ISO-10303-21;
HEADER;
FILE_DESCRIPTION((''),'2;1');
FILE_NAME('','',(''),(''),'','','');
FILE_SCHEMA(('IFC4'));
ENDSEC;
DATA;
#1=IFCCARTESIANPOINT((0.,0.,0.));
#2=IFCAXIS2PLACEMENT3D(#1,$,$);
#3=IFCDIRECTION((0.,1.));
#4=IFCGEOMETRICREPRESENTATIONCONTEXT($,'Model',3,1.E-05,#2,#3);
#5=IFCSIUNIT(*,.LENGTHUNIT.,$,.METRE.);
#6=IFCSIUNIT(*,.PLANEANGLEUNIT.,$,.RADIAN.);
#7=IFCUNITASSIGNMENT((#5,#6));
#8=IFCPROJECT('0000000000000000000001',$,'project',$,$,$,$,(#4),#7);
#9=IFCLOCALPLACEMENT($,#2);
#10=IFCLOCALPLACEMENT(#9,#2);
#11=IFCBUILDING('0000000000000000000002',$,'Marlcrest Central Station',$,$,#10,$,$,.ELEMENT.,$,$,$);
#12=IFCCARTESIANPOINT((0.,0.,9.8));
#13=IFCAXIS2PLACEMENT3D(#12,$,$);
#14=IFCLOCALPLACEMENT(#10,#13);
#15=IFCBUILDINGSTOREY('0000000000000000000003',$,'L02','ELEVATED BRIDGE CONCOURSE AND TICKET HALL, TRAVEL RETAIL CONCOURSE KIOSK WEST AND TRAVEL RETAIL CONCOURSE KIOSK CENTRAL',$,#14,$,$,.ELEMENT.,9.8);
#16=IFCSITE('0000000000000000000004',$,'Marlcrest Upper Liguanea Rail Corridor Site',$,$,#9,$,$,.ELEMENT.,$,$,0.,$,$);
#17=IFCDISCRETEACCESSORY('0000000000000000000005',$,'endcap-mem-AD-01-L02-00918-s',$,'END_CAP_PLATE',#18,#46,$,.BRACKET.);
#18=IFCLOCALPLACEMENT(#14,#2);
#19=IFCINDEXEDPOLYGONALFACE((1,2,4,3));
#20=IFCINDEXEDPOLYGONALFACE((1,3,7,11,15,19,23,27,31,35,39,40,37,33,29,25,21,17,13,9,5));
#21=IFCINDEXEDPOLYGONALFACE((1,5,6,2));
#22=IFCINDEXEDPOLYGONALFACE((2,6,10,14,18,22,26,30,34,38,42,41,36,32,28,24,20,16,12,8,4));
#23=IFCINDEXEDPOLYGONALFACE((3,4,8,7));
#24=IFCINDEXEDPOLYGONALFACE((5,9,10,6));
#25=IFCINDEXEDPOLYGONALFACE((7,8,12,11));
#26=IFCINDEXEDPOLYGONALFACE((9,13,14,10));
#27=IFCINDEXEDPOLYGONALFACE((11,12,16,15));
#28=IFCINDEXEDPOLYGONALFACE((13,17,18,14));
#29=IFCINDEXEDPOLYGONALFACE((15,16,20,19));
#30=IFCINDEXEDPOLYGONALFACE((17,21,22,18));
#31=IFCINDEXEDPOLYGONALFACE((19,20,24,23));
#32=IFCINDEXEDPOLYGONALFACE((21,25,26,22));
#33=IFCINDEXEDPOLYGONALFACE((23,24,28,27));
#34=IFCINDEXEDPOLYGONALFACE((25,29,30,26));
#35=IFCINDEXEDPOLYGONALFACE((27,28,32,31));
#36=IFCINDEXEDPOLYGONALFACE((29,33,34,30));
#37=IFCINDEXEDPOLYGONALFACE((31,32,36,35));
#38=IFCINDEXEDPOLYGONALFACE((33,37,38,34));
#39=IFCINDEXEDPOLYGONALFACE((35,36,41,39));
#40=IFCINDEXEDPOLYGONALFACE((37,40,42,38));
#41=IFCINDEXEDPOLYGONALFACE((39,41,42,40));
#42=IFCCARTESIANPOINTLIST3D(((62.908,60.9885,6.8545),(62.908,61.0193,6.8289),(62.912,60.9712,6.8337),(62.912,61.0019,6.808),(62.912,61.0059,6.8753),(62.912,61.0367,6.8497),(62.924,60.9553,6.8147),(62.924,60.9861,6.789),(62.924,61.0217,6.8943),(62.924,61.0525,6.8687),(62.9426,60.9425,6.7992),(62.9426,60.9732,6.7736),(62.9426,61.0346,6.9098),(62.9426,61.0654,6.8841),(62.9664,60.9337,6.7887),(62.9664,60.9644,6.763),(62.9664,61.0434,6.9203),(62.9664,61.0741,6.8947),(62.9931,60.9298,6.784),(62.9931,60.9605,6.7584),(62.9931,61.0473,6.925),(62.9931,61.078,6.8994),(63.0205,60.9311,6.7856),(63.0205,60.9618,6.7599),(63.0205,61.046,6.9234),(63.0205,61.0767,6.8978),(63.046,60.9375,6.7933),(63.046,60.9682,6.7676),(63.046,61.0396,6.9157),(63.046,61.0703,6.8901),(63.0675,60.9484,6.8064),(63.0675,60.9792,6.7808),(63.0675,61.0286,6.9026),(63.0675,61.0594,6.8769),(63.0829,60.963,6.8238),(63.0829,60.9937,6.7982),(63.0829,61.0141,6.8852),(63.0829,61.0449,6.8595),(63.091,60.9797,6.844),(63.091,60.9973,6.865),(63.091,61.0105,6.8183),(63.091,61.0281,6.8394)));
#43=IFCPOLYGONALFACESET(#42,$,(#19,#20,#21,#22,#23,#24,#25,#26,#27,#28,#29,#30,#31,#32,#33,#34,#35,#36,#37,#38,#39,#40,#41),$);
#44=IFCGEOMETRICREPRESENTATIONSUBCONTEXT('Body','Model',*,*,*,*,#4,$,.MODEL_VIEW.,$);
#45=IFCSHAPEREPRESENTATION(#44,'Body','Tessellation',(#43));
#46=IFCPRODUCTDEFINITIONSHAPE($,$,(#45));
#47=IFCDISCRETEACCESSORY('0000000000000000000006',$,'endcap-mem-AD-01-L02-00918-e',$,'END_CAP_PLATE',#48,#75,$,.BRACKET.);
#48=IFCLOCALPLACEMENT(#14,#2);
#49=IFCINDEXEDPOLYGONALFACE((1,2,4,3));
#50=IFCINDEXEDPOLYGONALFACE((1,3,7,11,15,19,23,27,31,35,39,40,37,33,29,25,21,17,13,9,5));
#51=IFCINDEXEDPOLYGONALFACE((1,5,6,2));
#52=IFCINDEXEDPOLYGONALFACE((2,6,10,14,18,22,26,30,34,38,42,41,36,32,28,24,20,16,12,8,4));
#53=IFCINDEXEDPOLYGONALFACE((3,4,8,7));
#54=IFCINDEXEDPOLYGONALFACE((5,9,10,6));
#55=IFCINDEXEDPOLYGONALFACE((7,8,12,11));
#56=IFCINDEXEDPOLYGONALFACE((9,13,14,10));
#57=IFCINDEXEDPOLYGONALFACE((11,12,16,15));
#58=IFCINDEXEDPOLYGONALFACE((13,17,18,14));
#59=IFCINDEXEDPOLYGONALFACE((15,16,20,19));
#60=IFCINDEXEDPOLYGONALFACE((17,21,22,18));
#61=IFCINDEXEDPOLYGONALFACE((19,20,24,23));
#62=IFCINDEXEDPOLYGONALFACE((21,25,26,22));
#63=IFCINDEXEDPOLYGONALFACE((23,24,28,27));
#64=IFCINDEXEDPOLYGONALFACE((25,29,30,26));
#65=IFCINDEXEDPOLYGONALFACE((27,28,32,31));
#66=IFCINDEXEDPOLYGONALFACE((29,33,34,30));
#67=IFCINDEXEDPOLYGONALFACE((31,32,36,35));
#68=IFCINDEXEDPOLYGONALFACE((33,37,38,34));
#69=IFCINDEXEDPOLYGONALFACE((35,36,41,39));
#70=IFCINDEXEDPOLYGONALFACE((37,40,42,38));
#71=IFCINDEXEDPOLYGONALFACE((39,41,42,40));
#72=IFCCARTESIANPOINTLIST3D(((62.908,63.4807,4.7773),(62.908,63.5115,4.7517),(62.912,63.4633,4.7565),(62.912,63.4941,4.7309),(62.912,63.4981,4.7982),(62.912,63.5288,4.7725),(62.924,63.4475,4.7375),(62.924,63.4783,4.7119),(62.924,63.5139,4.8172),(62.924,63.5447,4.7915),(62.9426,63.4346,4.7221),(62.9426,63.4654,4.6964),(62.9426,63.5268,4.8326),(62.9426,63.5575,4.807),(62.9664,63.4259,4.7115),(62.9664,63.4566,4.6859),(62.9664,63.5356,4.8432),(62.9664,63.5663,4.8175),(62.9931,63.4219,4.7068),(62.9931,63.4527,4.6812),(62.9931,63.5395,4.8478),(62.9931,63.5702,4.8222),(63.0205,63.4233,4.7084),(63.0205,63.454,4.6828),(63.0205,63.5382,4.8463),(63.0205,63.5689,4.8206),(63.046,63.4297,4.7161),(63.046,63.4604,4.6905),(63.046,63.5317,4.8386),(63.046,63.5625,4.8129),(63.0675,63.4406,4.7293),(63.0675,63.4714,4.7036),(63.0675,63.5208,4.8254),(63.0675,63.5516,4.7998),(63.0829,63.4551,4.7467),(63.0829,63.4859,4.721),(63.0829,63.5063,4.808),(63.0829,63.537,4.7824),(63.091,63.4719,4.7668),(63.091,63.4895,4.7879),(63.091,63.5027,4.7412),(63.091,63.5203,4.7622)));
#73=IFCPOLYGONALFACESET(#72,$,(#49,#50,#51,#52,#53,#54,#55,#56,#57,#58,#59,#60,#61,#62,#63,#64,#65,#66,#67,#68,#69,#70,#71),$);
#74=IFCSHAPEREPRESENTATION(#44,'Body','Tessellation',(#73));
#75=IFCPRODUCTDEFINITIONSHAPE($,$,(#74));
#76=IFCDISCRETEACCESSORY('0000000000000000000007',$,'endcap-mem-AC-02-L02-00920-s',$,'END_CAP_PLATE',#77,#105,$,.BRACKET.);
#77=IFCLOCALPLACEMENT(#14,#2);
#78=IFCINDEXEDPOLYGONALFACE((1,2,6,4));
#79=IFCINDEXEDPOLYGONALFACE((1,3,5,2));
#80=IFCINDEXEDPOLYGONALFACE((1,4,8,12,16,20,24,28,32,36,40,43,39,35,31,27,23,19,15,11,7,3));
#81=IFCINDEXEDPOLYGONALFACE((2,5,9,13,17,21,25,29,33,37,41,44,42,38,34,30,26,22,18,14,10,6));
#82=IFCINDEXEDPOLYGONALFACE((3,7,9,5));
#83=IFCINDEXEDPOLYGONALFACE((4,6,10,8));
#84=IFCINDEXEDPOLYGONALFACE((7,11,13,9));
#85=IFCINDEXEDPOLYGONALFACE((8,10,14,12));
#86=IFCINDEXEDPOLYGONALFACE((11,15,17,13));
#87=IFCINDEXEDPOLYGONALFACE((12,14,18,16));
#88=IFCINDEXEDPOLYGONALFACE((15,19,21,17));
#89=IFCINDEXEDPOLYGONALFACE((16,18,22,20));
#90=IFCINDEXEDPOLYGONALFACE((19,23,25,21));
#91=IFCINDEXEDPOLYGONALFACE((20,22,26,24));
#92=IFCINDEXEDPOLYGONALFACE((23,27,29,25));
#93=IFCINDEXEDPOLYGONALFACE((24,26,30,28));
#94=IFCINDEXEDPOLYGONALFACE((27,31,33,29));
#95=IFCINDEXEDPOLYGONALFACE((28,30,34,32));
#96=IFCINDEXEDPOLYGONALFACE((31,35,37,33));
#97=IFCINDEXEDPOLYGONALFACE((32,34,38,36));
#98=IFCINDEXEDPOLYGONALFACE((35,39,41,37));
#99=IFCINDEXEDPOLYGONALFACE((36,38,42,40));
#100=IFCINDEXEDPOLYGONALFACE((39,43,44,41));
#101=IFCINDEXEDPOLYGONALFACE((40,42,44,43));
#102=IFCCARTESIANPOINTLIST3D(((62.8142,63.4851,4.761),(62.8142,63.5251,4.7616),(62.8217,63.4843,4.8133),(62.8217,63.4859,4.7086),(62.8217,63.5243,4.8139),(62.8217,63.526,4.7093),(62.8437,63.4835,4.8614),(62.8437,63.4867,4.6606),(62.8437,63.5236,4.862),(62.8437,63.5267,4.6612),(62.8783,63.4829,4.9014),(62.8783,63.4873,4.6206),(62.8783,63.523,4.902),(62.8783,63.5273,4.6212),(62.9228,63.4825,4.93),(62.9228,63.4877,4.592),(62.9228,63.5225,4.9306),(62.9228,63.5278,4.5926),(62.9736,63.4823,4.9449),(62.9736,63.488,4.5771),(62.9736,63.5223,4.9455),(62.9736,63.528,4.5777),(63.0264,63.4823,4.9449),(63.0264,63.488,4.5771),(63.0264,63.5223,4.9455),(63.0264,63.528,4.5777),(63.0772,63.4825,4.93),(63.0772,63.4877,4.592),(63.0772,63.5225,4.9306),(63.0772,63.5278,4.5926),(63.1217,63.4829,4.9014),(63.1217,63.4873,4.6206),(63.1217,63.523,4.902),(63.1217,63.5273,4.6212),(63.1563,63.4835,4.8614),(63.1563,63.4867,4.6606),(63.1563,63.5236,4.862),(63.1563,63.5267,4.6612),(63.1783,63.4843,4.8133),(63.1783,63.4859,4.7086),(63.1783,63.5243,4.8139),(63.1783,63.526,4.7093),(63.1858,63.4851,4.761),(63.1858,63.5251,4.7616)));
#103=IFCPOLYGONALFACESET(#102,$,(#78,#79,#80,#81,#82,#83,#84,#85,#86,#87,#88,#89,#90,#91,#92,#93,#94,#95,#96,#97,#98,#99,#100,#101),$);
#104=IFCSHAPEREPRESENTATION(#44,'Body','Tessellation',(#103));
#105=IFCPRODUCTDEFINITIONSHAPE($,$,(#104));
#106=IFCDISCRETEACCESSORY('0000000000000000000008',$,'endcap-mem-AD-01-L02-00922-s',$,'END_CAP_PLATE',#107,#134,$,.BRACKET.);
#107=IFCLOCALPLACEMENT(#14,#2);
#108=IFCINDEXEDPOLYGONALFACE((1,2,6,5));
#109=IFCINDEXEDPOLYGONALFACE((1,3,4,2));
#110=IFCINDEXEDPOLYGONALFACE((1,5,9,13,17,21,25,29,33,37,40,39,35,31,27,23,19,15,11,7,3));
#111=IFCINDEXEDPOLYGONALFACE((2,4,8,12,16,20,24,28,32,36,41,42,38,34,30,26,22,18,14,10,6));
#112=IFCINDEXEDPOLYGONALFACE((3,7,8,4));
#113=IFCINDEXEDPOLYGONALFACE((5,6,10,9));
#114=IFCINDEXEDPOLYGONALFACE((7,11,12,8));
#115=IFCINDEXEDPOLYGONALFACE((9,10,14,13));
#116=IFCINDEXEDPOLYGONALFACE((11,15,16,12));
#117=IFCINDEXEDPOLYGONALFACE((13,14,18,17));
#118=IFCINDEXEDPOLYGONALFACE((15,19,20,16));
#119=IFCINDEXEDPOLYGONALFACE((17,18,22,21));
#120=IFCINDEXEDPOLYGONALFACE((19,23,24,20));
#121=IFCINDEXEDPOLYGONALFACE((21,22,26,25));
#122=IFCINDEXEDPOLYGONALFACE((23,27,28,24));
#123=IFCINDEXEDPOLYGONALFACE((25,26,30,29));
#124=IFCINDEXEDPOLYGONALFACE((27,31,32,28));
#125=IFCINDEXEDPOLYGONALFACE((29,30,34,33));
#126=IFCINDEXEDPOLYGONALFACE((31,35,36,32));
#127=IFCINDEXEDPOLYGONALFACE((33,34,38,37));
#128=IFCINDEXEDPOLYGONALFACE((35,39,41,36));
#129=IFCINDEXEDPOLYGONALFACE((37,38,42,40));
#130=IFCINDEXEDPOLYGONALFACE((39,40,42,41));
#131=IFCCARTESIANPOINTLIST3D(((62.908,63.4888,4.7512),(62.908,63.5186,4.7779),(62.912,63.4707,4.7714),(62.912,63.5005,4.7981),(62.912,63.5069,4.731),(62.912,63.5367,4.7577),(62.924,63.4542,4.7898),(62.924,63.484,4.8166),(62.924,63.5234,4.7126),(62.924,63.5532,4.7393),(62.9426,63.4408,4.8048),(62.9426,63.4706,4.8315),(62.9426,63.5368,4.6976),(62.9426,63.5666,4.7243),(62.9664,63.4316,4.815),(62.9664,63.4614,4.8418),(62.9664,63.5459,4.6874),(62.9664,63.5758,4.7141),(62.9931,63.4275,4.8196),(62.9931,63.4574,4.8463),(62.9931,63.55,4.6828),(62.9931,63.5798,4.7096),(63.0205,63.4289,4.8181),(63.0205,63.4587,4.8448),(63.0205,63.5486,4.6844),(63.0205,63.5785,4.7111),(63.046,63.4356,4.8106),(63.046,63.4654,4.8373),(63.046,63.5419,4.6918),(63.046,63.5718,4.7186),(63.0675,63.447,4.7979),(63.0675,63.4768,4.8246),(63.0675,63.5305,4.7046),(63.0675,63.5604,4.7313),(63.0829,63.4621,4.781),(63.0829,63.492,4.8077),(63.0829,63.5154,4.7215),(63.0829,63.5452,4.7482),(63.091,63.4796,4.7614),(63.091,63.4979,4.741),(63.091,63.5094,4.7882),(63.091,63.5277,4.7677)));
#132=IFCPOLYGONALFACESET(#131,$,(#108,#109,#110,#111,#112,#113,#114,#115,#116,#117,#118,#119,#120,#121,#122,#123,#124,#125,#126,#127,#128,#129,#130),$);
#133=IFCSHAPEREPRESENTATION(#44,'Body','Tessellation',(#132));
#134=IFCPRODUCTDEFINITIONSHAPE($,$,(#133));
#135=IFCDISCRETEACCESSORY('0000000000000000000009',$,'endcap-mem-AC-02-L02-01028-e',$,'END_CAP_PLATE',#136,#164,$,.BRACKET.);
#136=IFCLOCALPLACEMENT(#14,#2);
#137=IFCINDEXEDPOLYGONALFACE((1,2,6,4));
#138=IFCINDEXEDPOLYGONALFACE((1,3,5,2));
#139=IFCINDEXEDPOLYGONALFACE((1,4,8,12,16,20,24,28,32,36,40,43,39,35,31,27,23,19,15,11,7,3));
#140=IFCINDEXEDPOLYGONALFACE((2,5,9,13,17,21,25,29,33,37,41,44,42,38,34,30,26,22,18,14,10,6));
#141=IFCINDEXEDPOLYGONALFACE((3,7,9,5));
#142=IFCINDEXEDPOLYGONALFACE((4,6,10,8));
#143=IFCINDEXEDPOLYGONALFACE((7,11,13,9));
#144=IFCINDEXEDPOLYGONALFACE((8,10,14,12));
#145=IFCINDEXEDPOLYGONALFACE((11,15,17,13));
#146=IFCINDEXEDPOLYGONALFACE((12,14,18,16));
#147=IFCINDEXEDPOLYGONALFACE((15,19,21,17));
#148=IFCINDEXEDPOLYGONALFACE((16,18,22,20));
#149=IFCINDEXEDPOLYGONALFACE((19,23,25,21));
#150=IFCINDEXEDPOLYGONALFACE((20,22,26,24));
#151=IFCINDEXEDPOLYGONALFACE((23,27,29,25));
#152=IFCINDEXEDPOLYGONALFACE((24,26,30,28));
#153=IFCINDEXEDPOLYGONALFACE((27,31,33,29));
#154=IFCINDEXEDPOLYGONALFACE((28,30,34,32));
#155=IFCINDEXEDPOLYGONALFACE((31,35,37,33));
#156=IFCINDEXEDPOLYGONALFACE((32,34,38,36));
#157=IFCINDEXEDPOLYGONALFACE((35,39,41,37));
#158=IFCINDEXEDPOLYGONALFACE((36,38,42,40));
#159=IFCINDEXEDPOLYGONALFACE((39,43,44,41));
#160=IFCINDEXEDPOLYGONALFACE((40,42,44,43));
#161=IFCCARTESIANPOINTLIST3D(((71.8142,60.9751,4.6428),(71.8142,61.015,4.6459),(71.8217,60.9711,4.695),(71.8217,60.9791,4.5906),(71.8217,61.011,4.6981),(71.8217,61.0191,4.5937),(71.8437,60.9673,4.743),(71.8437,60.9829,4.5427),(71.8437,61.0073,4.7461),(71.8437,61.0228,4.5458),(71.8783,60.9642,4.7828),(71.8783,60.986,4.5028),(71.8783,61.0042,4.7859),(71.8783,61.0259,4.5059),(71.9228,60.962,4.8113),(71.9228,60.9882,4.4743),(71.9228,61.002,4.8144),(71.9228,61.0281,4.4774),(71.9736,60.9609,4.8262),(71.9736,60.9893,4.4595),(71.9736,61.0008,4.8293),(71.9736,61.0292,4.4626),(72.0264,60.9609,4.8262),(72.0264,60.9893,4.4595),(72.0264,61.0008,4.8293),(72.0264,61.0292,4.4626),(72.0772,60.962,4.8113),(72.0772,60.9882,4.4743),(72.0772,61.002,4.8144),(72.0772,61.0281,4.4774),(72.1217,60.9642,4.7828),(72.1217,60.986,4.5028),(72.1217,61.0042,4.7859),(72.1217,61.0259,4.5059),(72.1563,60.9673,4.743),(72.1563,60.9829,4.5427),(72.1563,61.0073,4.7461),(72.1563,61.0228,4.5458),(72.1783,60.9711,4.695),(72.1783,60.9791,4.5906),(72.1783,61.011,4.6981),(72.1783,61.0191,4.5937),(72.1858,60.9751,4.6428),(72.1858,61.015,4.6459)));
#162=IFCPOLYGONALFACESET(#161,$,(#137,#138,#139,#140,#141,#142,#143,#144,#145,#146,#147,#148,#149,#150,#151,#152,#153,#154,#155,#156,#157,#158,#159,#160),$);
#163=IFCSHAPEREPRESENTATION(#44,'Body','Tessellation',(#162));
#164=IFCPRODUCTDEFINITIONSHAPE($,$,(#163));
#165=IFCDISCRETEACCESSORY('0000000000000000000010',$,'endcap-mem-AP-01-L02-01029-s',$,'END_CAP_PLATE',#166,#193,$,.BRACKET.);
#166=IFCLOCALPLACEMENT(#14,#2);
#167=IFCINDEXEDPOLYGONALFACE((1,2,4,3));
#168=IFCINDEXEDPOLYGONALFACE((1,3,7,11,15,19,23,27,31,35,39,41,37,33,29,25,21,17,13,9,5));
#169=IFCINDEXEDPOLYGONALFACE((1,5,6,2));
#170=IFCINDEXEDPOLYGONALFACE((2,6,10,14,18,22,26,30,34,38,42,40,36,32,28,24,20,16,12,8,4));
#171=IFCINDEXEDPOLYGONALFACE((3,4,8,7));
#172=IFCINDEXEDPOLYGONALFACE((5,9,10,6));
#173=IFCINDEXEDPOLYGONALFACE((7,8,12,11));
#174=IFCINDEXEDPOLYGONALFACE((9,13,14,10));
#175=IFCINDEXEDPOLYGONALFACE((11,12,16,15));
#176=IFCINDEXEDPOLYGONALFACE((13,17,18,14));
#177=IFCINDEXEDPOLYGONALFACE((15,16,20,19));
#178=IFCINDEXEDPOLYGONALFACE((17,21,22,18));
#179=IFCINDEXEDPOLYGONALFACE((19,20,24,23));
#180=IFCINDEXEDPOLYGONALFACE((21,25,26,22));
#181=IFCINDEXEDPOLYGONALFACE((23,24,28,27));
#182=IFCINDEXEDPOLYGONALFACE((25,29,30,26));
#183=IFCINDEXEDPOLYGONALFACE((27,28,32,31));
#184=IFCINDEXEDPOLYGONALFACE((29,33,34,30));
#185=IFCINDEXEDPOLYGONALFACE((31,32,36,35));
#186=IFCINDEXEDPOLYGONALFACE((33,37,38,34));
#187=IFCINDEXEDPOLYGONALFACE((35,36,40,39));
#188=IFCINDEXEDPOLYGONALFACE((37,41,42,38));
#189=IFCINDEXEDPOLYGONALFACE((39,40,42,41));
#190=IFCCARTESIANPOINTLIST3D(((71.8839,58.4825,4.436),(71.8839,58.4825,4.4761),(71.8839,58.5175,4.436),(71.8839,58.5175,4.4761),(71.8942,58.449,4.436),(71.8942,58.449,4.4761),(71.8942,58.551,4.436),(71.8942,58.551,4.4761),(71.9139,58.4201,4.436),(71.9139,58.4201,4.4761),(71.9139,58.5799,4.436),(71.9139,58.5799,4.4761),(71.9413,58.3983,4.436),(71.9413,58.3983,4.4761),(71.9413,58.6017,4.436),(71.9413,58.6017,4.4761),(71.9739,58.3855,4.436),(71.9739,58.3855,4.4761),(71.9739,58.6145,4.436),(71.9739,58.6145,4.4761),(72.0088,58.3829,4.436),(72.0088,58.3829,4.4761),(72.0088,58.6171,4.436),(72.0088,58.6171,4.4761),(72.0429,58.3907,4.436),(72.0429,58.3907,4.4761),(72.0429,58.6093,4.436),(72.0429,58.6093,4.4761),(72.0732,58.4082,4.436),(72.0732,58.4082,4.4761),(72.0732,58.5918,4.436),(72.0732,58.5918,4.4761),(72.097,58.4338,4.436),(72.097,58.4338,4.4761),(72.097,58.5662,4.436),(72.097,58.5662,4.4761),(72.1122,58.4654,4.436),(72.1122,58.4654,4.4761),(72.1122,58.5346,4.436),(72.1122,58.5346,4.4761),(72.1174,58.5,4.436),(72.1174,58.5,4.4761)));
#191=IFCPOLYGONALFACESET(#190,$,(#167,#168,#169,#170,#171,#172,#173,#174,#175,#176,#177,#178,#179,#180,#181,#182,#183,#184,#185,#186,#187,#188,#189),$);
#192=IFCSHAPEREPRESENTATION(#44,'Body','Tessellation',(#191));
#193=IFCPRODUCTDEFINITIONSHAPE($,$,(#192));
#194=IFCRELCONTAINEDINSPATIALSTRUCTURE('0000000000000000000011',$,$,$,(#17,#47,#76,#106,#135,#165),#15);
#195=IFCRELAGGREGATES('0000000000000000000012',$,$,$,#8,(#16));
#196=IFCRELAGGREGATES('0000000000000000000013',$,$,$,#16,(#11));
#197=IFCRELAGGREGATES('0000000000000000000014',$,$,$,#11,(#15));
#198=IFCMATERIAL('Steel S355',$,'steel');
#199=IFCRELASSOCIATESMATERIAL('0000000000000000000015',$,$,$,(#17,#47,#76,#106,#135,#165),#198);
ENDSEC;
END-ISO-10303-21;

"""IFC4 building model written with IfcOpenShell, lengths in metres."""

from ifc_helpers import new_model, si_unit, direction, frame, origin, origin_2d, place, context, subcontext, project, spatial, circle, extrude, material, element, save


model = new_model("IFC4")

# Units and contexts
model_context = context("Model", 3, precision=1e-05, world=origin(), true_north=direction((0.0, 1.0)))
body_context = subcontext(model_context, "Body", "Model", "MODEL_VIEW")
ifc_project = project(units=[si_unit("LENGTHUNIT", "METRE"), si_unit("PLANEANGLEUNIT", "RADIAN")], contexts=[model_context])

# Site, building, storey
site_placement = place(None, origin())
site = spatial("IfcSite", under=ifc_project, at=site_placement, Name="Marlcrest Upper Liguanea Rail Corridor Site", CompositionType="ELEMENT", RefElevation=0.0)
building_placement = place(site_placement, origin())
building = spatial("IfcBuilding", under=site, at=building_placement, Name="Marlcrest Central Station", CompositionType="ELEMENT")
storey_placement = place(building_placement, frame((0.0, 0.0, 9.8)))
storey = spatial("IfcBuildingStorey", under=building, at=storey_placement, Name="L02", Description="ELEVATED BRIDGE CONCOURSE AND TICKET HALL, TRAVEL RETAIL CONCOURSE KIOSK WEST AND TRAVEL RETAIL CONCOURSE KIOSK CENTRAL", CompositionType="ELEMENT", Elevation=9.8)

# Shared definitions
ifc_material = material(Name="Steel S355", Category="steel")

# Discrete accessories
for number, where, z_axis, x_axis, name in (
    (1, (63.0, 60.9885, 6.8545), (0.0, 0.76816, -0.640258), (-1.0, 0.0, 0.0), "endcap-mem-AD-01-L02-00918-s"),
    (2, (63.0, 63.4807, 4.7773), (0.0, 0.76816, -0.640258), (-1.0, 0.0, 0.0), "endcap-mem-AD-01-L02-00918-e"),
):
    element("IfcDiscreteAccessory", number, at=place(storey_placement, frame(where, z_axis=z_axis, x_axis=x_axis)), inside=storey, material=ifc_material, Name=name, ObjectType="END_CAP_PLATE", PredefinedType="BRACKET", context=body_context, shape_type="SweptSolid", body=[
        extrude(circle(Radius=0.092, at=origin_2d()), origin(), (0.0, 0.0, 1.0), 0.04),
    ])
discrete_accessory_1_placement = place(storey_placement, frame((63.0, 63.4851, 4.761), z_axis=(0.0, 0.999879, 0.015525), x_axis=(-1.0, 0.0, 0.0)))
element("IfcDiscreteAccessory", 3, at=discrete_accessory_1_placement, inside=storey, material=ifc_material, Name="endcap-mem-AC-02-L02-00920-s", ObjectType="END_CAP_PLATE", PredefinedType="BRACKET", context=body_context, shape_type="SweptSolid", body=[
    extrude(circle(Radius=0.1858, at=origin_2d()), origin(), (0.0, 0.0, 1.0), 0.04),
])
discrete_accessory_2_placement = place(storey_placement, frame((63.0, 63.4888, 4.7512), z_axis=(0.0, 0.744956, 0.667114), x_axis=(-1.0, 0.0, 0.0)))
element("IfcDiscreteAccessory", 4, at=discrete_accessory_2_placement, inside=storey, material=ifc_material, Name="endcap-mem-AD-01-L02-00922-s", ObjectType="END_CAP_PLATE", PredefinedType="BRACKET", context=body_context, shape_type="SweptSolid", body=[
    extrude(circle(Radius=0.092, at=origin_2d()), origin(), (0.0, 0.0, 1.0), 0.04),
])
discrete_accessory_3_placement = place(storey_placement, frame((72.0, 60.9751, 4.6428), z_axis=(0.0, 0.997007, 0.077307), x_axis=(-1.0, 0.0, 0.0)))
element("IfcDiscreteAccessory", 5, at=discrete_accessory_3_placement, inside=storey, material=ifc_material, Name="endcap-mem-AC-02-L02-01028-e", ObjectType="END_CAP_PLATE", PredefinedType="BRACKET", context=body_context, shape_type="SweptSolid", body=[
    extrude(circle(Radius=0.1858, at=origin_2d()), origin(), (0.0, 0.0, 1.0), 0.04),
])
for number, where, z_axis, x_axis, name in (
    (6, (72.0, 58.5, 4.436), (0.0, 0.0, 1.0), (1.0, 0.0, 0.0), "endcap-mem-AP-01-L02-01029-s"),
):
    element("IfcDiscreteAccessory", number, at=place(storey_placement, frame(where, z_axis=z_axis, x_axis=x_axis)), inside=storey, material=ifc_material, Name=name, ObjectType="END_CAP_PLATE", PredefinedType="BRACKET", context=body_context, shape_type="SweptSolid", body=[
        extrude(circle(Radius=0.1174, at=origin_2d()), origin(), (0.0, 0.0, 1.0), 0.04),
    ])

save(model, "model.ifc")
